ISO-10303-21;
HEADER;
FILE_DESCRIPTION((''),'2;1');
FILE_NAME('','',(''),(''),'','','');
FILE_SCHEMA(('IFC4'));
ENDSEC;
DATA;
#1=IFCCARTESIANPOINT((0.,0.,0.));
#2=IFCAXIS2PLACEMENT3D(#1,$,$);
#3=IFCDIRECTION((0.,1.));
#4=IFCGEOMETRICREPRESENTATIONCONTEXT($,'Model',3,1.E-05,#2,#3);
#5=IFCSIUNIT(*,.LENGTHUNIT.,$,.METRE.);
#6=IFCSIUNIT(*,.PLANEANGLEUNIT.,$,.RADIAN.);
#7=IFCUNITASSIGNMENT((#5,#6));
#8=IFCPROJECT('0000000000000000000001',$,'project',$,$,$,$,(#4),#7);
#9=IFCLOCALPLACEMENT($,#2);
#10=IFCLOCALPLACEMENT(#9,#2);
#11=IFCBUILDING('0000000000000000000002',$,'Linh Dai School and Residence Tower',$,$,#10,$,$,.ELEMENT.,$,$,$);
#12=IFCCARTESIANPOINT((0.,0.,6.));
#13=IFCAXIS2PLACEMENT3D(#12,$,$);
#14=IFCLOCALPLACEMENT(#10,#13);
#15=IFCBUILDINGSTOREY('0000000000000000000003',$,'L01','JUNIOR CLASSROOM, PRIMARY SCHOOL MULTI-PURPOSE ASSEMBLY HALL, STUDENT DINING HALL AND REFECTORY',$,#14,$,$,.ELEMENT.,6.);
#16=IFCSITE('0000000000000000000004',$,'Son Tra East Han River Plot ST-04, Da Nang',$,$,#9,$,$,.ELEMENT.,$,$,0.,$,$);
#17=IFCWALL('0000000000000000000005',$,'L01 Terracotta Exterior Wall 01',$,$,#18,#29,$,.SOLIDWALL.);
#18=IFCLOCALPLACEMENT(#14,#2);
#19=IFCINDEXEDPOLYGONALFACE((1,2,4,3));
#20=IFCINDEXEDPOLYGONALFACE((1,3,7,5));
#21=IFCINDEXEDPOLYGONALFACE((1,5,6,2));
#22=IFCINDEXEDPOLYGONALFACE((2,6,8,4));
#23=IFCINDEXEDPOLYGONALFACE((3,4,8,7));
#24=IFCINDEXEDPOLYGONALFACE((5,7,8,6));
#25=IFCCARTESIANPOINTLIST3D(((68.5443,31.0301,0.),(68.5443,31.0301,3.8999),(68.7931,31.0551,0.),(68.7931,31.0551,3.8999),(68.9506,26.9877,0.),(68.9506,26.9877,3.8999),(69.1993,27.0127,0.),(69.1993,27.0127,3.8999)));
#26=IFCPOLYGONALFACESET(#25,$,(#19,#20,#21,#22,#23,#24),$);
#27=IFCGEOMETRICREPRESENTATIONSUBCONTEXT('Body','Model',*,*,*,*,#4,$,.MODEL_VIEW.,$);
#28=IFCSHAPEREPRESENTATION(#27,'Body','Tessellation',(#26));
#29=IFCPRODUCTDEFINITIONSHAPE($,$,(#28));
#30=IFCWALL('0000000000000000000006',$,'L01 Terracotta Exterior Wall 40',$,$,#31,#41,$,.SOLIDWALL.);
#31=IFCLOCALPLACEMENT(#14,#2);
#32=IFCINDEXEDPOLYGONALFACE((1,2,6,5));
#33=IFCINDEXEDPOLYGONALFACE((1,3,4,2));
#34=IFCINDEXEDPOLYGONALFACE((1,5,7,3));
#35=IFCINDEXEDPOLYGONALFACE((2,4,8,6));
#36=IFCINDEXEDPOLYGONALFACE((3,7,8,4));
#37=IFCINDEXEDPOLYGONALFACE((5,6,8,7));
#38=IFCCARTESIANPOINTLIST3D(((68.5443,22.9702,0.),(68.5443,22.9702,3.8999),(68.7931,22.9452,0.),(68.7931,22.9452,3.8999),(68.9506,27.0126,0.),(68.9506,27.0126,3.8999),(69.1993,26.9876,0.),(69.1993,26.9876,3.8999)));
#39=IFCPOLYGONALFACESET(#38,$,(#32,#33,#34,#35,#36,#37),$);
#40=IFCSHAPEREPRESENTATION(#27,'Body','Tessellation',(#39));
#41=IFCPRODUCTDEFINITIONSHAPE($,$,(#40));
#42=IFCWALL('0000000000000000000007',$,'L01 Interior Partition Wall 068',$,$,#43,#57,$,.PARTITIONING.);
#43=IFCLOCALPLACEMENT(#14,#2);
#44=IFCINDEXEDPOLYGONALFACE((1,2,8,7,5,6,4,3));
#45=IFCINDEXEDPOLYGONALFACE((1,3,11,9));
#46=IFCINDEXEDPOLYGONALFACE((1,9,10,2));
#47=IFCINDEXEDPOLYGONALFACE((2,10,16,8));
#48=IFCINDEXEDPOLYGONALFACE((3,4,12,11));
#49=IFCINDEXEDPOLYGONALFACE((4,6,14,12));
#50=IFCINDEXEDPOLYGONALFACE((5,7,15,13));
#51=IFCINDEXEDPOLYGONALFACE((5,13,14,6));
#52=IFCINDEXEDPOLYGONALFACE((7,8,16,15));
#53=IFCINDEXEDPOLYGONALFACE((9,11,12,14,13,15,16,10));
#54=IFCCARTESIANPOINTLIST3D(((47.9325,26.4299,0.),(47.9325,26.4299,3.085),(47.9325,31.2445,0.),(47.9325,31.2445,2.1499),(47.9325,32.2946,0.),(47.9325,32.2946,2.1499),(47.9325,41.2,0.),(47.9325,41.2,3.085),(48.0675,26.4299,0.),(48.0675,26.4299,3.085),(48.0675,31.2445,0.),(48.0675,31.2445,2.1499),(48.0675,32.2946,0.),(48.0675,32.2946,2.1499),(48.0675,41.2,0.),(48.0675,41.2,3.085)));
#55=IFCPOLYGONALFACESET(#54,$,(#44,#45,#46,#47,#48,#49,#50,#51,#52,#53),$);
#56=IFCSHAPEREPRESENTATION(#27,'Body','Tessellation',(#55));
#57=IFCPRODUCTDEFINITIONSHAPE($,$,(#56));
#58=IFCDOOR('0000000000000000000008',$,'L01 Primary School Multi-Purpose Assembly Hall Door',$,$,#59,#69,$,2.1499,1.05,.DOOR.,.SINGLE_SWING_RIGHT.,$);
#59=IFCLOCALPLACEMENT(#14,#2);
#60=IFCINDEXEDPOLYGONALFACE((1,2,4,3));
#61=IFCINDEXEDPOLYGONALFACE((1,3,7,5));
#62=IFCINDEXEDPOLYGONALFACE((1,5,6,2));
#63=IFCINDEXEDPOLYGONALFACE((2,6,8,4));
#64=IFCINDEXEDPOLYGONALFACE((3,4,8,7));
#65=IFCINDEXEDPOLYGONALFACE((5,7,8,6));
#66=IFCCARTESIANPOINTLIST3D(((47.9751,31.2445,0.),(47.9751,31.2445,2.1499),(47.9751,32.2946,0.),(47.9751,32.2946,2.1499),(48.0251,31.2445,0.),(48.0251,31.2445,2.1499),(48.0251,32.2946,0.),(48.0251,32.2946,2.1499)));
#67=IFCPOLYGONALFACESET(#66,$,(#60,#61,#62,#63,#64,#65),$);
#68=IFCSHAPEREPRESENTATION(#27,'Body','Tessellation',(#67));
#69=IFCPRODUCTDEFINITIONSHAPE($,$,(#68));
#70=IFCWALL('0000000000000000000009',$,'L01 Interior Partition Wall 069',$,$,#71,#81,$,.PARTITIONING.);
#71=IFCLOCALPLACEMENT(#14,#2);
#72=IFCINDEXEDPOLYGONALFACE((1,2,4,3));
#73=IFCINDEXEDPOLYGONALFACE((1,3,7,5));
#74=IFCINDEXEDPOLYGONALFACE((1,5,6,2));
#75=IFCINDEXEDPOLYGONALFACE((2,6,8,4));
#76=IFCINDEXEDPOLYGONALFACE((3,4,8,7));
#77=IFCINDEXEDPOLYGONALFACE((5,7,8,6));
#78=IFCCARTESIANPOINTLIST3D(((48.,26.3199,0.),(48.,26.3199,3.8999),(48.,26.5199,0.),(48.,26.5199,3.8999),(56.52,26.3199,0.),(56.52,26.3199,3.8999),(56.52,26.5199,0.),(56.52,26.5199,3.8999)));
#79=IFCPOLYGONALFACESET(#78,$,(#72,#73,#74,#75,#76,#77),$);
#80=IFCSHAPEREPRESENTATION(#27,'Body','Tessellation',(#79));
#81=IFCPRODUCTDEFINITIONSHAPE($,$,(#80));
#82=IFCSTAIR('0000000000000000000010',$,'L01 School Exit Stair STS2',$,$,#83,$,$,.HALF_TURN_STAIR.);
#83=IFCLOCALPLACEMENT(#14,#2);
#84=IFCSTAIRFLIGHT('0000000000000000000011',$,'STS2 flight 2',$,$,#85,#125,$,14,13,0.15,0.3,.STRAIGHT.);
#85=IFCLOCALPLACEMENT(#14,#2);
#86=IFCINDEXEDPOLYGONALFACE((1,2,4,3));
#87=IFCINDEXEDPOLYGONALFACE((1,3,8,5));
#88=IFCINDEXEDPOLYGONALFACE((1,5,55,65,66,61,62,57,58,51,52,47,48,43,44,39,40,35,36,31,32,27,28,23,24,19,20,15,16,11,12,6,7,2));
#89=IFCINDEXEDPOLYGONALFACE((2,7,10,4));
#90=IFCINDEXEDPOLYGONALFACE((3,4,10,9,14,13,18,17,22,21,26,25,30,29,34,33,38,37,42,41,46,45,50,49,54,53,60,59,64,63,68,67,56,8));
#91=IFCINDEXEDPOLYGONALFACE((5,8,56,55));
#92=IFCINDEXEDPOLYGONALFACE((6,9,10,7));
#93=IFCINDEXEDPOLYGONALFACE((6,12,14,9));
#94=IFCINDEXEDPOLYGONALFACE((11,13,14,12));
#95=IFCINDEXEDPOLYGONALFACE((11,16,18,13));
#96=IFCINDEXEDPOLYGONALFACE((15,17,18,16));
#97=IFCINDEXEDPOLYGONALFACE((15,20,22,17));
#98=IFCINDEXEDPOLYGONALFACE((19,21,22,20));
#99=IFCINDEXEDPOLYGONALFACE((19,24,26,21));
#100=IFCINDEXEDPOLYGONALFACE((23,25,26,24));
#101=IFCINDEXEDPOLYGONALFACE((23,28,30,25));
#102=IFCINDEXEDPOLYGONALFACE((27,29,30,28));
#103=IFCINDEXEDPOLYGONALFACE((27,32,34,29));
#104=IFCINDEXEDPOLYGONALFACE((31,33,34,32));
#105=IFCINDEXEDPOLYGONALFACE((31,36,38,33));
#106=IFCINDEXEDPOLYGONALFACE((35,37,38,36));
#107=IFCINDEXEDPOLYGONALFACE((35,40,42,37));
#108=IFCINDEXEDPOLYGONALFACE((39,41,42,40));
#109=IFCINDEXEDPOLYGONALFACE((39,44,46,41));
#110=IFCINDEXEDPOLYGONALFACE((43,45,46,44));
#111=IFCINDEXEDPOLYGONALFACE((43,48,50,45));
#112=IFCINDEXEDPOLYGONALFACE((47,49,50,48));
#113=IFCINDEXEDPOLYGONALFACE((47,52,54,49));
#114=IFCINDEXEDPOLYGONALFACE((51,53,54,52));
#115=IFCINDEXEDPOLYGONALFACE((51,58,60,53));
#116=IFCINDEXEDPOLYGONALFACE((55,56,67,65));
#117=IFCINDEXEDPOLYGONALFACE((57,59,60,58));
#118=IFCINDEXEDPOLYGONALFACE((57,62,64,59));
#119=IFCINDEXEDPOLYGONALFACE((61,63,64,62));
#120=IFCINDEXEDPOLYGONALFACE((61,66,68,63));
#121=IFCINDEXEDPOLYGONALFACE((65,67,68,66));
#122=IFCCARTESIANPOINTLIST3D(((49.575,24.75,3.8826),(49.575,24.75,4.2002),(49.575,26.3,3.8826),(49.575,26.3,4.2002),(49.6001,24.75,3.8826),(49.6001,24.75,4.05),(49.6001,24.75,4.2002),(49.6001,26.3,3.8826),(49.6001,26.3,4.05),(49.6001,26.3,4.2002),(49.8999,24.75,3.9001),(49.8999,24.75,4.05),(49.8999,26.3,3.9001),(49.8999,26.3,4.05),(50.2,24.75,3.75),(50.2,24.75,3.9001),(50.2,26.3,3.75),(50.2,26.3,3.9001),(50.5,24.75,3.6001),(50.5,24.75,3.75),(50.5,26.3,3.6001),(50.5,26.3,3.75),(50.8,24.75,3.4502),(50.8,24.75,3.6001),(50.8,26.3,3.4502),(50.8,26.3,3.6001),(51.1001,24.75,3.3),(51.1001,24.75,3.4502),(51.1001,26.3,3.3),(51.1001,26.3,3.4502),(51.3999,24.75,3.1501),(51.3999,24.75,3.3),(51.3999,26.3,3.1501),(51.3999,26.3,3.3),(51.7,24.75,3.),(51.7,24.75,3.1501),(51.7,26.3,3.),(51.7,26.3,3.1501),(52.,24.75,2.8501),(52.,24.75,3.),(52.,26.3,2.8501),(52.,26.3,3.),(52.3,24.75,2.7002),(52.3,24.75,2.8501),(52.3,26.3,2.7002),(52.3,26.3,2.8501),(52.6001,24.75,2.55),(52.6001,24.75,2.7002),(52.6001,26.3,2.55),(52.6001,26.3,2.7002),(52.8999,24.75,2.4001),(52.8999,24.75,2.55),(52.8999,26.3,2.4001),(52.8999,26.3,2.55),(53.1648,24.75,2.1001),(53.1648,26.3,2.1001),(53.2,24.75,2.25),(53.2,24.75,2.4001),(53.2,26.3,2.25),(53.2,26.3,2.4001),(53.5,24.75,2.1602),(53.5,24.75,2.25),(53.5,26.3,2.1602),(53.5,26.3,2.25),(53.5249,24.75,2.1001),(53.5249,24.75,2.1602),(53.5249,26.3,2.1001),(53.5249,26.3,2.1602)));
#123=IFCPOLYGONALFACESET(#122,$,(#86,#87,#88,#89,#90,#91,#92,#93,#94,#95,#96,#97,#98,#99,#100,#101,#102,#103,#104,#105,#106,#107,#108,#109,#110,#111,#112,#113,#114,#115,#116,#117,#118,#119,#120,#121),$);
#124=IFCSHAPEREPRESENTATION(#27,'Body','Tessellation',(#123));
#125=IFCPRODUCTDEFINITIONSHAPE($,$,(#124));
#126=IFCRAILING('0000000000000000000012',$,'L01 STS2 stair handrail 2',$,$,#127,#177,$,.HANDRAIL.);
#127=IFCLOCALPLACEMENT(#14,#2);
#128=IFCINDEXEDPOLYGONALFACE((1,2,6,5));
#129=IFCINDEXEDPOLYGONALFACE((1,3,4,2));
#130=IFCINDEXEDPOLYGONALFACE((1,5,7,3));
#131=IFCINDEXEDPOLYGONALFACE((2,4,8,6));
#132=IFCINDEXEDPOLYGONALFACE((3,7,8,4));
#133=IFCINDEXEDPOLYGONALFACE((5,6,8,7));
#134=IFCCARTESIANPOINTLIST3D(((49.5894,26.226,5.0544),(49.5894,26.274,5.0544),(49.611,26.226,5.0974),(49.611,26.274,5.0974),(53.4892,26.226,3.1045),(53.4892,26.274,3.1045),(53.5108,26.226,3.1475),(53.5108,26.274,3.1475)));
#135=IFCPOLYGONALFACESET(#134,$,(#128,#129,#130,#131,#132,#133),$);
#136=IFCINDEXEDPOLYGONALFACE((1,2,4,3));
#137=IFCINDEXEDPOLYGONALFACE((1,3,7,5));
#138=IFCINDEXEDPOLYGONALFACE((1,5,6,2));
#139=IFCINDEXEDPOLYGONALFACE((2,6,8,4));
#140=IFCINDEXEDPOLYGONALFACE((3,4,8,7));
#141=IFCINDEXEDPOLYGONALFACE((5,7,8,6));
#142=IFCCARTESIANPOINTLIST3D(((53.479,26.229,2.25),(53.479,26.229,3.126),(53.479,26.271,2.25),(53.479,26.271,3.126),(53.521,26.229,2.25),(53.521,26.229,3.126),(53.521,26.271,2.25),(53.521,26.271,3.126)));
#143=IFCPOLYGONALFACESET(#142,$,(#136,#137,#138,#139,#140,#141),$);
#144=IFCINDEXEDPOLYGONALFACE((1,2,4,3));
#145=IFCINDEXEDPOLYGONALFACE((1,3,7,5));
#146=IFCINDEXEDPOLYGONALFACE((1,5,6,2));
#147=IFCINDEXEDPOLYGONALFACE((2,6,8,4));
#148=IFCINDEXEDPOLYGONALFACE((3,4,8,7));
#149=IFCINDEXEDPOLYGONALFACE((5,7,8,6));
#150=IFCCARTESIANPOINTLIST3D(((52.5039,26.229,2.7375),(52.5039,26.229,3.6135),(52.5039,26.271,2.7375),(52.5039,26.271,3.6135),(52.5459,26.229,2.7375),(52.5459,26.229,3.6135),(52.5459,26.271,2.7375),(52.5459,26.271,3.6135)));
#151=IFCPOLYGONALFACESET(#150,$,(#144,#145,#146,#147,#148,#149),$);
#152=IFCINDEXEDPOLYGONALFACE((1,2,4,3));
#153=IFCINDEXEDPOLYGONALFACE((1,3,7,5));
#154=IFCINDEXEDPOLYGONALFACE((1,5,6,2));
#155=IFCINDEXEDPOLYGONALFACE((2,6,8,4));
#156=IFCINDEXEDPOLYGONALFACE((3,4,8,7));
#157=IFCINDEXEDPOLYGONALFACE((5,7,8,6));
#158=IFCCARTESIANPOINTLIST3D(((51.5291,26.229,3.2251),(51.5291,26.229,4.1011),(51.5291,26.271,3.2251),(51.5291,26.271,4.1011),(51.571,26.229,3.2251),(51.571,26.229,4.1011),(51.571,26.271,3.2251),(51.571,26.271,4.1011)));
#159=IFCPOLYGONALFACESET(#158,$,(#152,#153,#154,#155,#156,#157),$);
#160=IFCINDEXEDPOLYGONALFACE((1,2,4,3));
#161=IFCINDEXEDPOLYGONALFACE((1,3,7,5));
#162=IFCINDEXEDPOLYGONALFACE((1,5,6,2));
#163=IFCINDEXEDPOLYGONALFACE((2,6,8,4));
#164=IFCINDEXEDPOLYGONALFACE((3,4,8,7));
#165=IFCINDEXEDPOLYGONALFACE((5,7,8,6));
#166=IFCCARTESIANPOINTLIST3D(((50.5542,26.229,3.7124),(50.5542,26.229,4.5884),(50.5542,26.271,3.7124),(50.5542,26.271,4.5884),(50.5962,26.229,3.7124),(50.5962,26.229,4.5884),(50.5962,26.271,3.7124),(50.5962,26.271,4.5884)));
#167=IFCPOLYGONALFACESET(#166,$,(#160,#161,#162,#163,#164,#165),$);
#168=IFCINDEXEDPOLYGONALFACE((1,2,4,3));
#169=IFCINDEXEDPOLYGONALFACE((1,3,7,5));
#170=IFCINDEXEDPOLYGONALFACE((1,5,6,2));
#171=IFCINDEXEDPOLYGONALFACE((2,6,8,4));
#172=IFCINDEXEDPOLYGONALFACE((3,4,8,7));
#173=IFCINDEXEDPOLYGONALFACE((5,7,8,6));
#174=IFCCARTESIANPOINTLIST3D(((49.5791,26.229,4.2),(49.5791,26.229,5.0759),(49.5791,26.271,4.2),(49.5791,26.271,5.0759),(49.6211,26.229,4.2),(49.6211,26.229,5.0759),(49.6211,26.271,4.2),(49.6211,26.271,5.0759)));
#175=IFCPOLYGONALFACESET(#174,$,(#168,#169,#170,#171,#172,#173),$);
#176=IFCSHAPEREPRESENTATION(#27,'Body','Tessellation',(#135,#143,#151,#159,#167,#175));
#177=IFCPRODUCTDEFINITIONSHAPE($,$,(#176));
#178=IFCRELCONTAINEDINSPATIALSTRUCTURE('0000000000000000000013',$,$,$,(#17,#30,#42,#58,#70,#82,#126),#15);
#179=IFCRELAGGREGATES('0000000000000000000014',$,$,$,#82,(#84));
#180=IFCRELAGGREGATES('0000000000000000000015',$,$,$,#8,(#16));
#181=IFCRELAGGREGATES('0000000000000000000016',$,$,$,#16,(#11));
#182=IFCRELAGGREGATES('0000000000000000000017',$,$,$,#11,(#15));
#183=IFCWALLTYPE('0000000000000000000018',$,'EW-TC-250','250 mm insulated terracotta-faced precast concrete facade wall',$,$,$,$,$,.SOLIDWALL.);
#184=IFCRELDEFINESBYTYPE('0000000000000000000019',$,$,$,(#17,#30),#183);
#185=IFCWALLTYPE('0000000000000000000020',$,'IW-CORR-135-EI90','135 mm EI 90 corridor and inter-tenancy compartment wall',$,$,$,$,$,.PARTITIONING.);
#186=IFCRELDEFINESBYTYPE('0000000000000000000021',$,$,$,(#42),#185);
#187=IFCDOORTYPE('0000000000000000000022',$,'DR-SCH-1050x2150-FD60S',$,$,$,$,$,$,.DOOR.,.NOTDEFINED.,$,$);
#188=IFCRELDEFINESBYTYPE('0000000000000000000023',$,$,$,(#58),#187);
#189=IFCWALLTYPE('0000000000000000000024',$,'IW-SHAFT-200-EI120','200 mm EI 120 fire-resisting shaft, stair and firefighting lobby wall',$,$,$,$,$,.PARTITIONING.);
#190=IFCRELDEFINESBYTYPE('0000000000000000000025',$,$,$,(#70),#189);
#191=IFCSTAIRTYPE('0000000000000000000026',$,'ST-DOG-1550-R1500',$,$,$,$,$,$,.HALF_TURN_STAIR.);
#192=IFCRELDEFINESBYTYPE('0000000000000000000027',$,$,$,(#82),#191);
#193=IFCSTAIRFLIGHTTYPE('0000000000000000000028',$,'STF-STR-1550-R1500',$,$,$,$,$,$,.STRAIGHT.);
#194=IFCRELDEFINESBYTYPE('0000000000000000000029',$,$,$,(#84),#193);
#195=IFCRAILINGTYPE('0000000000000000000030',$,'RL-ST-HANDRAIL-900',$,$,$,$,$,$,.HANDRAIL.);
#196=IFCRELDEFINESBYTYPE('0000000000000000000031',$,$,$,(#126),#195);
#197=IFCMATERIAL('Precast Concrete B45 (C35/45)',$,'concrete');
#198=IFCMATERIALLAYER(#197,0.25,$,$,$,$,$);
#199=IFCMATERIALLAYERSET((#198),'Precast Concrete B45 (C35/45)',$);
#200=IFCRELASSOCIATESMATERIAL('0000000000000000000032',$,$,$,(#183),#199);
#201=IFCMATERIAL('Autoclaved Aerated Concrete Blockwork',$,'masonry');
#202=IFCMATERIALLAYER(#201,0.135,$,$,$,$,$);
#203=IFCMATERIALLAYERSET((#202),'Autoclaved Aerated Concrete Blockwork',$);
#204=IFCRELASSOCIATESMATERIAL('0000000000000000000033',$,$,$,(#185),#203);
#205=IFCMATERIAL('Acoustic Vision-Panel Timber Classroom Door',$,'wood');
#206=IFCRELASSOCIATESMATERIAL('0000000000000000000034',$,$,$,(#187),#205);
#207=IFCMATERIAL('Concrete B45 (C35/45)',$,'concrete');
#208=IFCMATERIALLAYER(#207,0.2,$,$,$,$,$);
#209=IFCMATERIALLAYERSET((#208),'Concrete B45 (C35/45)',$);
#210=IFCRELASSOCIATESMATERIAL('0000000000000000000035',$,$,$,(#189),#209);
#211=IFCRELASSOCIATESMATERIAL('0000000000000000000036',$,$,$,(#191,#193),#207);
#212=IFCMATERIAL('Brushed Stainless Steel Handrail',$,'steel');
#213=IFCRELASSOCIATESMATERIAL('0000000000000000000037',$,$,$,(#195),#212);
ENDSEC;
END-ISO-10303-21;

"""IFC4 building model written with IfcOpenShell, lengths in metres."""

from ifc_helpers import new_model, si_unit, direction, frame, frame_2d, origin, origin_2d, place, context, subcontext, project, spatial, polyline, rectangle, outline, extrude, source, transform, mapped, material, layer, layer_set, type_object, element, fill, aggregate, save


model = new_model("IFC4")

# Units and contexts
model_context = context("Model", 3, precision=1e-05, world=origin(), true_north=direction((0.0, 1.0)))
body_context = subcontext(model_context, "Body", "Model", "MODEL_VIEW")
ifc_project = project(units=[si_unit("LENGTHUNIT", "METRE"), si_unit("PLANEANGLEUNIT", "RADIAN")], contexts=[model_context])

# Site, building, storey
site_placement = place(None, origin())
site = spatial("IfcSite", under=ifc_project, at=site_placement, Name="Son Tra East Han River Plot ST-04, Da Nang", CompositionType="ELEMENT", RefElevation=0.0)
building_placement = place(site_placement, origin())
building = spatial("IfcBuilding", under=site, at=building_placement, Name="Linh Dai School and Residence Tower", CompositionType="ELEMENT")
storey_placement = place(building_placement, frame((0.0, 0.0, 6.0)))
storey = spatial("IfcBuildingStorey", under=building, at=storey_placement, Name="L01", Description="JUNIOR CLASSROOM, PRIMARY SCHOOL MULTI-PURPOSE ASSEMBLY HALL, STUDENT DINING HALL AND REFECTORY", CompositionType="ELEMENT", Elevation=6.0)

# Walls
ifc_material_1 = material(Name="Precast Concrete B45 (C35/45)", Category="concrete")
ifc_layer_1 = layer(ifc_material_1, 0.25)
ifc_layer_set_1 = layer_set([ifc_layer_1], Name="Precast Concrete B45 (C35/45)")
wall_type_1 = type_object("IfcWallType", Name="EW-TC-250", Description="250 mm insulated terracotta-faced precast concrete facade wall", PredefinedType="SOLIDWALL", material=ifc_layer_set_1)
for number, where, z_axis, x_axis, name in (
    (1, (68.6687, 31.0425, 0.0), (0.0, 0.0, 1.0), (0.099992, -0.994988, 0.0), "L01 Terracotta Exterior Wall 01"),
    (2, (69.075, 27.0, 0.0), (0.0, 0.0, 1.0), (-0.099992, -0.994988, 0.0), "L01 Terracotta Exterior Wall 40"),
):
    element("IfcWall", number, at=place(storey_placement, frame(where, z_axis=z_axis, x_axis=x_axis)), inside=storey, type_object=wall_type_1, Name=name, PredefinedType="SOLIDWALL", context=body_context, shape_type="SweptSolid", body=[
        extrude(rectangle(XDim=4.0627, YDim=0.25, at=frame_2d((2.0312, 0.0))), origin(), (0.0, 0.0, 1.0), 3.8999),
    ])

# Wall, opening, door
ifc_material_2 = material(Name="Autoclaved Aerated Concrete Blockwork", Category="masonry")
ifc_layer_2 = layer(ifc_material_2, 0.135)
ifc_layer_set_2 = layer_set([ifc_layer_2], Name="Autoclaved Aerated Concrete Blockwork")
wall_type_2 = type_object("IfcWallType", Name="IW-CORR-135-EI90", Description="135 mm EI 90 corridor and inter-tenancy compartment wall", PredefinedType="PARTITIONING", material=ifc_layer_set_2)
wall_1_placement = place(storey_placement, frame((48.0, 26.4299, 0.0), z_axis=(0.0, 0.0, 1.0), x_axis=(0.0, 1.0, 0.0)))
wall_1 = element("IfcWall", 3, at=wall_1_placement, inside=storey, type_object=wall_type_2, Name="L01 Interior Partition Wall 068", PredefinedType="PARTITIONING", context=body_context, shape_type="SweptSolid", body=[
    extrude(rectangle(XDim=14.77, YDim=0.135, at=frame_2d((7.385, 0.0))), origin(), (0.0, 0.0, 1.0), 3.085),
])
opening_placement = place(wall_1_placement, frame((4.8147, 0.0, 0.0)))
opening = element("IfcOpeningElement", 4, at=opening_placement, cuts=wall_1, PredefinedType="OPENING", context=body_context, shape_type="SweptSolid", body=[
    extrude(rectangle(XDim=1.05, YDim=2.1499, at=origin_2d()), frame((0.5249, 0.0776, 1.075), z_axis=(0.0, -1.0, 0.0), x_axis=(1.0, 0.0, 0.0)), (0.0, 0.0, 1.0), 0.155),
])
ifc_material_3 = material(Name="Acoustic Vision-Panel Timber Classroom Door", Category="wood")
door_type = type_object("IfcDoorType", Name="DR-SCH-1050x2150-FD60S", OperationType="NOTDEFINED", PredefinedType="DOOR", material=ifc_material_3)
shared_shape_1 = source(origin(), body_context, "Body", "SweptSolid", [
    extrude(rectangle(XDim=1.05, YDim=2.1499, at=origin_2d()), frame((0.5249, 0.0249, 1.075), z_axis=(0.0, -1.0, 0.0), x_axis=(1.0, 0.0, 0.0)), (0.0, 0.0, 1.0), 0.05),
])
door_placement = place(opening_placement, origin())
door = element("IfcDoor", 5, at=door_placement, inside=storey, type_object=door_type, Name="L01 Primary School Multi-Purpose Assembly Hall Door", OperationType="SINGLE_SWING_RIGHT", OverallHeight=2.1499, OverallWidth=1.05, PredefinedType="DOOR", context=body_context, shape_type="MappedRepresentation", body=[
    mapped(shared_shape_1, transform((0.0, 0.0, 0.0), x_axis=(1.0, 0.0, 0.0), y_axis=(0.0, 1.0, 0.0), z_axis=(0.0, 0.0, 1.0), scale=1.0)),
])
fill(opening, door)

# Wall
ifc_material_4 = material(Name="Concrete B45 (C35/45)", Category="concrete")
ifc_layer_3 = layer(ifc_material_4, 0.2)
ifc_layer_set_3 = layer_set([ifc_layer_3], Name="Concrete B45 (C35/45)")
wall_type_3 = type_object("IfcWallType", Name="IW-SHAFT-200-EI120", Description="200 mm EI 120 fire-resisting shaft, stair and firefighting lobby wall", PredefinedType="PARTITIONING", material=ifc_layer_set_3)
wall_2_placement = place(storey_placement, frame((48.0, 26.4199, 0.0), z_axis=(0.0, 0.0, 1.0), x_axis=(1.0, 0.0, 0.0)))
element("IfcWall", 6, at=wall_2_placement, inside=storey, type_object=wall_type_3, Name="L01 Interior Partition Wall 069", PredefinedType="PARTITIONING", context=body_context, shape_type="SweptSolid", body=[
    extrude(rectangle(XDim=8.52, YDim=0.2, at=frame_2d((4.26, 0.0))), origin(), (0.0, 0.0, 1.0), 3.8999),
])

# Stair, stair flight
stair_type = type_object("IfcStairType", Name="ST-DOG-1550-R1500", PredefinedType="HALF_TURN_STAIR", material=ifc_material_4)
stair_placement = place(storey_placement, origin())
stair = element("IfcStair", 7, at=stair_placement, inside=storey, type_object=stair_type, Name="L01 School Exit Stair STS2", PredefinedType="HALF_TURN_STAIR")
stair_flight_type = type_object("IfcStairFlightType", Name="STF-STR-1550-R1500", PredefinedType="STRAIGHT", material=ifc_material_4)
shared_shape_2 = source(origin(), body_context, "Body", "SweptSolid", [
    extrude(outline(polyline([(-0.0249, 0.0), (-0.0249, 0.0601), (0.0, 0.0601), (0.0, 0.1499), (0.3, 0.1499), (0.3, 0.3), (0.6001, 0.3), (0.6001, 0.45), (0.8999, 0.45), (0.8999, 0.6001), (1.2, 0.6001), (1.2, 0.75), (1.5, 0.75), (1.5, 0.8999), (1.8, 0.8999), (1.8, 1.05), (2.1001, 1.05), (2.1001, 1.2), (2.3999, 1.2), (2.3999, 1.3501), (2.7, 1.3501), (2.7, 1.5), (3.0, 1.5), (3.0, 1.6499), (3.3, 1.6499), (3.3, 1.8), (3.6001, 1.8), (3.6001, 1.95), (3.8999, 1.95), (3.8999, 2.1001), (3.925, 2.1001), (3.925, 1.7825), (3.8999, 1.7825), (0.3352, 0.0), (-0.0249, 0.0)])), frame((0.0, 0.7749, 0.0), z_axis=(0.0, -1.0, 0.0), x_axis=(1.0, 0.0, 0.0)), (0.0, 0.0, 1.0), 1.55),
])
stair_flight_placement = place(storey_placement, frame((53.5, 25.5249, 2.1001), z_axis=(0.0, 0.0, 1.0), x_axis=(-1.0, 0.0, 0.0)))
stair_flight = element("IfcStairFlight", 8, at=stair_flight_placement, type_object=stair_flight_type, Name="STS2 flight 2", NumberOfRisers=14, NumberOfTreads=13, PredefinedType="STRAIGHT", RiserHeight=0.15, TreadLength=0.3, context=body_context, shape_type="MappedRepresentation", body=[
    mapped(shared_shape_2, transform((0.0, 0.0, 0.0), x_axis=(1.0, 0.0, 0.0), y_axis=(0.0, 1.0, 0.0), z_axis=(0.0, 0.0, 1.0), scale=1.0)),
])
aggregate(stair, [stair_flight])

# Railing
ifc_material_5 = material(Name="Brushed Stainless Steel Handrail", Category="steel")
railing_type_1 = type_object("IfcRailingType", Name="RL-ST-HANDRAIL-900", PredefinedType="HANDRAIL", material=ifc_material_5)
shared_shape_3 = source(origin(), body_context, "Body", "SweptSolid", [
    extrude(rectangle(XDim=0.0481, YDim=0.0481, at=origin_2d()), frame((0.0, 0.0, 0.876), z_axis=(-0.894427, 0.0, 0.447214), x_axis=(0.0, -1.0, 0.0)), (0.0, 0.0, 1.0), 4.3601),
    extrude(rectangle(XDim=0.042, YDim=0.042, at=origin_2d()), origin(), (0.0, 0.0, 1.0), 0.876),
    extrude(rectangle(XDim=0.042, YDim=0.042, at=origin_2d()), frame((-0.9751, 0.0, 0.4875)), (0.0, 0.0, 1.0), 0.876),
    extrude(rectangle(XDim=0.042, YDim=0.042, at=origin_2d()), frame((-1.95, 0.0, 0.9751)), (0.0, 0.0, 1.0), 0.876),
    extrude(rectangle(XDim=0.042, YDim=0.042, at=origin_2d()), frame((-2.9248, 0.0, 1.4624)), (0.0, 0.0, 1.0), 0.876),
    extrude(rectangle(XDim=0.042, YDim=0.042, at=origin_2d()), frame((-3.8999, 0.0, 1.95)), (0.0, 0.0, 1.0), 0.876),
])
railing_1_placement = place(storey_placement, frame((53.5, 26.25, 2.25)))
element("IfcRailing", 9, at=railing_1_placement, inside=storey, type_object=railing_type_1, Name="L01 STS2 stair handrail 2", PredefinedType="HANDRAIL", context=body_context, shape_type="MappedRepresentation", body=[
    mapped(shared_shape_3, transform((0.0, 0.0, 0.0), x_axis=(1.0, 0.0, 0.0), y_axis=(0.0, 1.0, 0.0), z_axis=(0.0, 0.0, 1.0), scale=1.0)),
])

save(model, "model.ifc")
